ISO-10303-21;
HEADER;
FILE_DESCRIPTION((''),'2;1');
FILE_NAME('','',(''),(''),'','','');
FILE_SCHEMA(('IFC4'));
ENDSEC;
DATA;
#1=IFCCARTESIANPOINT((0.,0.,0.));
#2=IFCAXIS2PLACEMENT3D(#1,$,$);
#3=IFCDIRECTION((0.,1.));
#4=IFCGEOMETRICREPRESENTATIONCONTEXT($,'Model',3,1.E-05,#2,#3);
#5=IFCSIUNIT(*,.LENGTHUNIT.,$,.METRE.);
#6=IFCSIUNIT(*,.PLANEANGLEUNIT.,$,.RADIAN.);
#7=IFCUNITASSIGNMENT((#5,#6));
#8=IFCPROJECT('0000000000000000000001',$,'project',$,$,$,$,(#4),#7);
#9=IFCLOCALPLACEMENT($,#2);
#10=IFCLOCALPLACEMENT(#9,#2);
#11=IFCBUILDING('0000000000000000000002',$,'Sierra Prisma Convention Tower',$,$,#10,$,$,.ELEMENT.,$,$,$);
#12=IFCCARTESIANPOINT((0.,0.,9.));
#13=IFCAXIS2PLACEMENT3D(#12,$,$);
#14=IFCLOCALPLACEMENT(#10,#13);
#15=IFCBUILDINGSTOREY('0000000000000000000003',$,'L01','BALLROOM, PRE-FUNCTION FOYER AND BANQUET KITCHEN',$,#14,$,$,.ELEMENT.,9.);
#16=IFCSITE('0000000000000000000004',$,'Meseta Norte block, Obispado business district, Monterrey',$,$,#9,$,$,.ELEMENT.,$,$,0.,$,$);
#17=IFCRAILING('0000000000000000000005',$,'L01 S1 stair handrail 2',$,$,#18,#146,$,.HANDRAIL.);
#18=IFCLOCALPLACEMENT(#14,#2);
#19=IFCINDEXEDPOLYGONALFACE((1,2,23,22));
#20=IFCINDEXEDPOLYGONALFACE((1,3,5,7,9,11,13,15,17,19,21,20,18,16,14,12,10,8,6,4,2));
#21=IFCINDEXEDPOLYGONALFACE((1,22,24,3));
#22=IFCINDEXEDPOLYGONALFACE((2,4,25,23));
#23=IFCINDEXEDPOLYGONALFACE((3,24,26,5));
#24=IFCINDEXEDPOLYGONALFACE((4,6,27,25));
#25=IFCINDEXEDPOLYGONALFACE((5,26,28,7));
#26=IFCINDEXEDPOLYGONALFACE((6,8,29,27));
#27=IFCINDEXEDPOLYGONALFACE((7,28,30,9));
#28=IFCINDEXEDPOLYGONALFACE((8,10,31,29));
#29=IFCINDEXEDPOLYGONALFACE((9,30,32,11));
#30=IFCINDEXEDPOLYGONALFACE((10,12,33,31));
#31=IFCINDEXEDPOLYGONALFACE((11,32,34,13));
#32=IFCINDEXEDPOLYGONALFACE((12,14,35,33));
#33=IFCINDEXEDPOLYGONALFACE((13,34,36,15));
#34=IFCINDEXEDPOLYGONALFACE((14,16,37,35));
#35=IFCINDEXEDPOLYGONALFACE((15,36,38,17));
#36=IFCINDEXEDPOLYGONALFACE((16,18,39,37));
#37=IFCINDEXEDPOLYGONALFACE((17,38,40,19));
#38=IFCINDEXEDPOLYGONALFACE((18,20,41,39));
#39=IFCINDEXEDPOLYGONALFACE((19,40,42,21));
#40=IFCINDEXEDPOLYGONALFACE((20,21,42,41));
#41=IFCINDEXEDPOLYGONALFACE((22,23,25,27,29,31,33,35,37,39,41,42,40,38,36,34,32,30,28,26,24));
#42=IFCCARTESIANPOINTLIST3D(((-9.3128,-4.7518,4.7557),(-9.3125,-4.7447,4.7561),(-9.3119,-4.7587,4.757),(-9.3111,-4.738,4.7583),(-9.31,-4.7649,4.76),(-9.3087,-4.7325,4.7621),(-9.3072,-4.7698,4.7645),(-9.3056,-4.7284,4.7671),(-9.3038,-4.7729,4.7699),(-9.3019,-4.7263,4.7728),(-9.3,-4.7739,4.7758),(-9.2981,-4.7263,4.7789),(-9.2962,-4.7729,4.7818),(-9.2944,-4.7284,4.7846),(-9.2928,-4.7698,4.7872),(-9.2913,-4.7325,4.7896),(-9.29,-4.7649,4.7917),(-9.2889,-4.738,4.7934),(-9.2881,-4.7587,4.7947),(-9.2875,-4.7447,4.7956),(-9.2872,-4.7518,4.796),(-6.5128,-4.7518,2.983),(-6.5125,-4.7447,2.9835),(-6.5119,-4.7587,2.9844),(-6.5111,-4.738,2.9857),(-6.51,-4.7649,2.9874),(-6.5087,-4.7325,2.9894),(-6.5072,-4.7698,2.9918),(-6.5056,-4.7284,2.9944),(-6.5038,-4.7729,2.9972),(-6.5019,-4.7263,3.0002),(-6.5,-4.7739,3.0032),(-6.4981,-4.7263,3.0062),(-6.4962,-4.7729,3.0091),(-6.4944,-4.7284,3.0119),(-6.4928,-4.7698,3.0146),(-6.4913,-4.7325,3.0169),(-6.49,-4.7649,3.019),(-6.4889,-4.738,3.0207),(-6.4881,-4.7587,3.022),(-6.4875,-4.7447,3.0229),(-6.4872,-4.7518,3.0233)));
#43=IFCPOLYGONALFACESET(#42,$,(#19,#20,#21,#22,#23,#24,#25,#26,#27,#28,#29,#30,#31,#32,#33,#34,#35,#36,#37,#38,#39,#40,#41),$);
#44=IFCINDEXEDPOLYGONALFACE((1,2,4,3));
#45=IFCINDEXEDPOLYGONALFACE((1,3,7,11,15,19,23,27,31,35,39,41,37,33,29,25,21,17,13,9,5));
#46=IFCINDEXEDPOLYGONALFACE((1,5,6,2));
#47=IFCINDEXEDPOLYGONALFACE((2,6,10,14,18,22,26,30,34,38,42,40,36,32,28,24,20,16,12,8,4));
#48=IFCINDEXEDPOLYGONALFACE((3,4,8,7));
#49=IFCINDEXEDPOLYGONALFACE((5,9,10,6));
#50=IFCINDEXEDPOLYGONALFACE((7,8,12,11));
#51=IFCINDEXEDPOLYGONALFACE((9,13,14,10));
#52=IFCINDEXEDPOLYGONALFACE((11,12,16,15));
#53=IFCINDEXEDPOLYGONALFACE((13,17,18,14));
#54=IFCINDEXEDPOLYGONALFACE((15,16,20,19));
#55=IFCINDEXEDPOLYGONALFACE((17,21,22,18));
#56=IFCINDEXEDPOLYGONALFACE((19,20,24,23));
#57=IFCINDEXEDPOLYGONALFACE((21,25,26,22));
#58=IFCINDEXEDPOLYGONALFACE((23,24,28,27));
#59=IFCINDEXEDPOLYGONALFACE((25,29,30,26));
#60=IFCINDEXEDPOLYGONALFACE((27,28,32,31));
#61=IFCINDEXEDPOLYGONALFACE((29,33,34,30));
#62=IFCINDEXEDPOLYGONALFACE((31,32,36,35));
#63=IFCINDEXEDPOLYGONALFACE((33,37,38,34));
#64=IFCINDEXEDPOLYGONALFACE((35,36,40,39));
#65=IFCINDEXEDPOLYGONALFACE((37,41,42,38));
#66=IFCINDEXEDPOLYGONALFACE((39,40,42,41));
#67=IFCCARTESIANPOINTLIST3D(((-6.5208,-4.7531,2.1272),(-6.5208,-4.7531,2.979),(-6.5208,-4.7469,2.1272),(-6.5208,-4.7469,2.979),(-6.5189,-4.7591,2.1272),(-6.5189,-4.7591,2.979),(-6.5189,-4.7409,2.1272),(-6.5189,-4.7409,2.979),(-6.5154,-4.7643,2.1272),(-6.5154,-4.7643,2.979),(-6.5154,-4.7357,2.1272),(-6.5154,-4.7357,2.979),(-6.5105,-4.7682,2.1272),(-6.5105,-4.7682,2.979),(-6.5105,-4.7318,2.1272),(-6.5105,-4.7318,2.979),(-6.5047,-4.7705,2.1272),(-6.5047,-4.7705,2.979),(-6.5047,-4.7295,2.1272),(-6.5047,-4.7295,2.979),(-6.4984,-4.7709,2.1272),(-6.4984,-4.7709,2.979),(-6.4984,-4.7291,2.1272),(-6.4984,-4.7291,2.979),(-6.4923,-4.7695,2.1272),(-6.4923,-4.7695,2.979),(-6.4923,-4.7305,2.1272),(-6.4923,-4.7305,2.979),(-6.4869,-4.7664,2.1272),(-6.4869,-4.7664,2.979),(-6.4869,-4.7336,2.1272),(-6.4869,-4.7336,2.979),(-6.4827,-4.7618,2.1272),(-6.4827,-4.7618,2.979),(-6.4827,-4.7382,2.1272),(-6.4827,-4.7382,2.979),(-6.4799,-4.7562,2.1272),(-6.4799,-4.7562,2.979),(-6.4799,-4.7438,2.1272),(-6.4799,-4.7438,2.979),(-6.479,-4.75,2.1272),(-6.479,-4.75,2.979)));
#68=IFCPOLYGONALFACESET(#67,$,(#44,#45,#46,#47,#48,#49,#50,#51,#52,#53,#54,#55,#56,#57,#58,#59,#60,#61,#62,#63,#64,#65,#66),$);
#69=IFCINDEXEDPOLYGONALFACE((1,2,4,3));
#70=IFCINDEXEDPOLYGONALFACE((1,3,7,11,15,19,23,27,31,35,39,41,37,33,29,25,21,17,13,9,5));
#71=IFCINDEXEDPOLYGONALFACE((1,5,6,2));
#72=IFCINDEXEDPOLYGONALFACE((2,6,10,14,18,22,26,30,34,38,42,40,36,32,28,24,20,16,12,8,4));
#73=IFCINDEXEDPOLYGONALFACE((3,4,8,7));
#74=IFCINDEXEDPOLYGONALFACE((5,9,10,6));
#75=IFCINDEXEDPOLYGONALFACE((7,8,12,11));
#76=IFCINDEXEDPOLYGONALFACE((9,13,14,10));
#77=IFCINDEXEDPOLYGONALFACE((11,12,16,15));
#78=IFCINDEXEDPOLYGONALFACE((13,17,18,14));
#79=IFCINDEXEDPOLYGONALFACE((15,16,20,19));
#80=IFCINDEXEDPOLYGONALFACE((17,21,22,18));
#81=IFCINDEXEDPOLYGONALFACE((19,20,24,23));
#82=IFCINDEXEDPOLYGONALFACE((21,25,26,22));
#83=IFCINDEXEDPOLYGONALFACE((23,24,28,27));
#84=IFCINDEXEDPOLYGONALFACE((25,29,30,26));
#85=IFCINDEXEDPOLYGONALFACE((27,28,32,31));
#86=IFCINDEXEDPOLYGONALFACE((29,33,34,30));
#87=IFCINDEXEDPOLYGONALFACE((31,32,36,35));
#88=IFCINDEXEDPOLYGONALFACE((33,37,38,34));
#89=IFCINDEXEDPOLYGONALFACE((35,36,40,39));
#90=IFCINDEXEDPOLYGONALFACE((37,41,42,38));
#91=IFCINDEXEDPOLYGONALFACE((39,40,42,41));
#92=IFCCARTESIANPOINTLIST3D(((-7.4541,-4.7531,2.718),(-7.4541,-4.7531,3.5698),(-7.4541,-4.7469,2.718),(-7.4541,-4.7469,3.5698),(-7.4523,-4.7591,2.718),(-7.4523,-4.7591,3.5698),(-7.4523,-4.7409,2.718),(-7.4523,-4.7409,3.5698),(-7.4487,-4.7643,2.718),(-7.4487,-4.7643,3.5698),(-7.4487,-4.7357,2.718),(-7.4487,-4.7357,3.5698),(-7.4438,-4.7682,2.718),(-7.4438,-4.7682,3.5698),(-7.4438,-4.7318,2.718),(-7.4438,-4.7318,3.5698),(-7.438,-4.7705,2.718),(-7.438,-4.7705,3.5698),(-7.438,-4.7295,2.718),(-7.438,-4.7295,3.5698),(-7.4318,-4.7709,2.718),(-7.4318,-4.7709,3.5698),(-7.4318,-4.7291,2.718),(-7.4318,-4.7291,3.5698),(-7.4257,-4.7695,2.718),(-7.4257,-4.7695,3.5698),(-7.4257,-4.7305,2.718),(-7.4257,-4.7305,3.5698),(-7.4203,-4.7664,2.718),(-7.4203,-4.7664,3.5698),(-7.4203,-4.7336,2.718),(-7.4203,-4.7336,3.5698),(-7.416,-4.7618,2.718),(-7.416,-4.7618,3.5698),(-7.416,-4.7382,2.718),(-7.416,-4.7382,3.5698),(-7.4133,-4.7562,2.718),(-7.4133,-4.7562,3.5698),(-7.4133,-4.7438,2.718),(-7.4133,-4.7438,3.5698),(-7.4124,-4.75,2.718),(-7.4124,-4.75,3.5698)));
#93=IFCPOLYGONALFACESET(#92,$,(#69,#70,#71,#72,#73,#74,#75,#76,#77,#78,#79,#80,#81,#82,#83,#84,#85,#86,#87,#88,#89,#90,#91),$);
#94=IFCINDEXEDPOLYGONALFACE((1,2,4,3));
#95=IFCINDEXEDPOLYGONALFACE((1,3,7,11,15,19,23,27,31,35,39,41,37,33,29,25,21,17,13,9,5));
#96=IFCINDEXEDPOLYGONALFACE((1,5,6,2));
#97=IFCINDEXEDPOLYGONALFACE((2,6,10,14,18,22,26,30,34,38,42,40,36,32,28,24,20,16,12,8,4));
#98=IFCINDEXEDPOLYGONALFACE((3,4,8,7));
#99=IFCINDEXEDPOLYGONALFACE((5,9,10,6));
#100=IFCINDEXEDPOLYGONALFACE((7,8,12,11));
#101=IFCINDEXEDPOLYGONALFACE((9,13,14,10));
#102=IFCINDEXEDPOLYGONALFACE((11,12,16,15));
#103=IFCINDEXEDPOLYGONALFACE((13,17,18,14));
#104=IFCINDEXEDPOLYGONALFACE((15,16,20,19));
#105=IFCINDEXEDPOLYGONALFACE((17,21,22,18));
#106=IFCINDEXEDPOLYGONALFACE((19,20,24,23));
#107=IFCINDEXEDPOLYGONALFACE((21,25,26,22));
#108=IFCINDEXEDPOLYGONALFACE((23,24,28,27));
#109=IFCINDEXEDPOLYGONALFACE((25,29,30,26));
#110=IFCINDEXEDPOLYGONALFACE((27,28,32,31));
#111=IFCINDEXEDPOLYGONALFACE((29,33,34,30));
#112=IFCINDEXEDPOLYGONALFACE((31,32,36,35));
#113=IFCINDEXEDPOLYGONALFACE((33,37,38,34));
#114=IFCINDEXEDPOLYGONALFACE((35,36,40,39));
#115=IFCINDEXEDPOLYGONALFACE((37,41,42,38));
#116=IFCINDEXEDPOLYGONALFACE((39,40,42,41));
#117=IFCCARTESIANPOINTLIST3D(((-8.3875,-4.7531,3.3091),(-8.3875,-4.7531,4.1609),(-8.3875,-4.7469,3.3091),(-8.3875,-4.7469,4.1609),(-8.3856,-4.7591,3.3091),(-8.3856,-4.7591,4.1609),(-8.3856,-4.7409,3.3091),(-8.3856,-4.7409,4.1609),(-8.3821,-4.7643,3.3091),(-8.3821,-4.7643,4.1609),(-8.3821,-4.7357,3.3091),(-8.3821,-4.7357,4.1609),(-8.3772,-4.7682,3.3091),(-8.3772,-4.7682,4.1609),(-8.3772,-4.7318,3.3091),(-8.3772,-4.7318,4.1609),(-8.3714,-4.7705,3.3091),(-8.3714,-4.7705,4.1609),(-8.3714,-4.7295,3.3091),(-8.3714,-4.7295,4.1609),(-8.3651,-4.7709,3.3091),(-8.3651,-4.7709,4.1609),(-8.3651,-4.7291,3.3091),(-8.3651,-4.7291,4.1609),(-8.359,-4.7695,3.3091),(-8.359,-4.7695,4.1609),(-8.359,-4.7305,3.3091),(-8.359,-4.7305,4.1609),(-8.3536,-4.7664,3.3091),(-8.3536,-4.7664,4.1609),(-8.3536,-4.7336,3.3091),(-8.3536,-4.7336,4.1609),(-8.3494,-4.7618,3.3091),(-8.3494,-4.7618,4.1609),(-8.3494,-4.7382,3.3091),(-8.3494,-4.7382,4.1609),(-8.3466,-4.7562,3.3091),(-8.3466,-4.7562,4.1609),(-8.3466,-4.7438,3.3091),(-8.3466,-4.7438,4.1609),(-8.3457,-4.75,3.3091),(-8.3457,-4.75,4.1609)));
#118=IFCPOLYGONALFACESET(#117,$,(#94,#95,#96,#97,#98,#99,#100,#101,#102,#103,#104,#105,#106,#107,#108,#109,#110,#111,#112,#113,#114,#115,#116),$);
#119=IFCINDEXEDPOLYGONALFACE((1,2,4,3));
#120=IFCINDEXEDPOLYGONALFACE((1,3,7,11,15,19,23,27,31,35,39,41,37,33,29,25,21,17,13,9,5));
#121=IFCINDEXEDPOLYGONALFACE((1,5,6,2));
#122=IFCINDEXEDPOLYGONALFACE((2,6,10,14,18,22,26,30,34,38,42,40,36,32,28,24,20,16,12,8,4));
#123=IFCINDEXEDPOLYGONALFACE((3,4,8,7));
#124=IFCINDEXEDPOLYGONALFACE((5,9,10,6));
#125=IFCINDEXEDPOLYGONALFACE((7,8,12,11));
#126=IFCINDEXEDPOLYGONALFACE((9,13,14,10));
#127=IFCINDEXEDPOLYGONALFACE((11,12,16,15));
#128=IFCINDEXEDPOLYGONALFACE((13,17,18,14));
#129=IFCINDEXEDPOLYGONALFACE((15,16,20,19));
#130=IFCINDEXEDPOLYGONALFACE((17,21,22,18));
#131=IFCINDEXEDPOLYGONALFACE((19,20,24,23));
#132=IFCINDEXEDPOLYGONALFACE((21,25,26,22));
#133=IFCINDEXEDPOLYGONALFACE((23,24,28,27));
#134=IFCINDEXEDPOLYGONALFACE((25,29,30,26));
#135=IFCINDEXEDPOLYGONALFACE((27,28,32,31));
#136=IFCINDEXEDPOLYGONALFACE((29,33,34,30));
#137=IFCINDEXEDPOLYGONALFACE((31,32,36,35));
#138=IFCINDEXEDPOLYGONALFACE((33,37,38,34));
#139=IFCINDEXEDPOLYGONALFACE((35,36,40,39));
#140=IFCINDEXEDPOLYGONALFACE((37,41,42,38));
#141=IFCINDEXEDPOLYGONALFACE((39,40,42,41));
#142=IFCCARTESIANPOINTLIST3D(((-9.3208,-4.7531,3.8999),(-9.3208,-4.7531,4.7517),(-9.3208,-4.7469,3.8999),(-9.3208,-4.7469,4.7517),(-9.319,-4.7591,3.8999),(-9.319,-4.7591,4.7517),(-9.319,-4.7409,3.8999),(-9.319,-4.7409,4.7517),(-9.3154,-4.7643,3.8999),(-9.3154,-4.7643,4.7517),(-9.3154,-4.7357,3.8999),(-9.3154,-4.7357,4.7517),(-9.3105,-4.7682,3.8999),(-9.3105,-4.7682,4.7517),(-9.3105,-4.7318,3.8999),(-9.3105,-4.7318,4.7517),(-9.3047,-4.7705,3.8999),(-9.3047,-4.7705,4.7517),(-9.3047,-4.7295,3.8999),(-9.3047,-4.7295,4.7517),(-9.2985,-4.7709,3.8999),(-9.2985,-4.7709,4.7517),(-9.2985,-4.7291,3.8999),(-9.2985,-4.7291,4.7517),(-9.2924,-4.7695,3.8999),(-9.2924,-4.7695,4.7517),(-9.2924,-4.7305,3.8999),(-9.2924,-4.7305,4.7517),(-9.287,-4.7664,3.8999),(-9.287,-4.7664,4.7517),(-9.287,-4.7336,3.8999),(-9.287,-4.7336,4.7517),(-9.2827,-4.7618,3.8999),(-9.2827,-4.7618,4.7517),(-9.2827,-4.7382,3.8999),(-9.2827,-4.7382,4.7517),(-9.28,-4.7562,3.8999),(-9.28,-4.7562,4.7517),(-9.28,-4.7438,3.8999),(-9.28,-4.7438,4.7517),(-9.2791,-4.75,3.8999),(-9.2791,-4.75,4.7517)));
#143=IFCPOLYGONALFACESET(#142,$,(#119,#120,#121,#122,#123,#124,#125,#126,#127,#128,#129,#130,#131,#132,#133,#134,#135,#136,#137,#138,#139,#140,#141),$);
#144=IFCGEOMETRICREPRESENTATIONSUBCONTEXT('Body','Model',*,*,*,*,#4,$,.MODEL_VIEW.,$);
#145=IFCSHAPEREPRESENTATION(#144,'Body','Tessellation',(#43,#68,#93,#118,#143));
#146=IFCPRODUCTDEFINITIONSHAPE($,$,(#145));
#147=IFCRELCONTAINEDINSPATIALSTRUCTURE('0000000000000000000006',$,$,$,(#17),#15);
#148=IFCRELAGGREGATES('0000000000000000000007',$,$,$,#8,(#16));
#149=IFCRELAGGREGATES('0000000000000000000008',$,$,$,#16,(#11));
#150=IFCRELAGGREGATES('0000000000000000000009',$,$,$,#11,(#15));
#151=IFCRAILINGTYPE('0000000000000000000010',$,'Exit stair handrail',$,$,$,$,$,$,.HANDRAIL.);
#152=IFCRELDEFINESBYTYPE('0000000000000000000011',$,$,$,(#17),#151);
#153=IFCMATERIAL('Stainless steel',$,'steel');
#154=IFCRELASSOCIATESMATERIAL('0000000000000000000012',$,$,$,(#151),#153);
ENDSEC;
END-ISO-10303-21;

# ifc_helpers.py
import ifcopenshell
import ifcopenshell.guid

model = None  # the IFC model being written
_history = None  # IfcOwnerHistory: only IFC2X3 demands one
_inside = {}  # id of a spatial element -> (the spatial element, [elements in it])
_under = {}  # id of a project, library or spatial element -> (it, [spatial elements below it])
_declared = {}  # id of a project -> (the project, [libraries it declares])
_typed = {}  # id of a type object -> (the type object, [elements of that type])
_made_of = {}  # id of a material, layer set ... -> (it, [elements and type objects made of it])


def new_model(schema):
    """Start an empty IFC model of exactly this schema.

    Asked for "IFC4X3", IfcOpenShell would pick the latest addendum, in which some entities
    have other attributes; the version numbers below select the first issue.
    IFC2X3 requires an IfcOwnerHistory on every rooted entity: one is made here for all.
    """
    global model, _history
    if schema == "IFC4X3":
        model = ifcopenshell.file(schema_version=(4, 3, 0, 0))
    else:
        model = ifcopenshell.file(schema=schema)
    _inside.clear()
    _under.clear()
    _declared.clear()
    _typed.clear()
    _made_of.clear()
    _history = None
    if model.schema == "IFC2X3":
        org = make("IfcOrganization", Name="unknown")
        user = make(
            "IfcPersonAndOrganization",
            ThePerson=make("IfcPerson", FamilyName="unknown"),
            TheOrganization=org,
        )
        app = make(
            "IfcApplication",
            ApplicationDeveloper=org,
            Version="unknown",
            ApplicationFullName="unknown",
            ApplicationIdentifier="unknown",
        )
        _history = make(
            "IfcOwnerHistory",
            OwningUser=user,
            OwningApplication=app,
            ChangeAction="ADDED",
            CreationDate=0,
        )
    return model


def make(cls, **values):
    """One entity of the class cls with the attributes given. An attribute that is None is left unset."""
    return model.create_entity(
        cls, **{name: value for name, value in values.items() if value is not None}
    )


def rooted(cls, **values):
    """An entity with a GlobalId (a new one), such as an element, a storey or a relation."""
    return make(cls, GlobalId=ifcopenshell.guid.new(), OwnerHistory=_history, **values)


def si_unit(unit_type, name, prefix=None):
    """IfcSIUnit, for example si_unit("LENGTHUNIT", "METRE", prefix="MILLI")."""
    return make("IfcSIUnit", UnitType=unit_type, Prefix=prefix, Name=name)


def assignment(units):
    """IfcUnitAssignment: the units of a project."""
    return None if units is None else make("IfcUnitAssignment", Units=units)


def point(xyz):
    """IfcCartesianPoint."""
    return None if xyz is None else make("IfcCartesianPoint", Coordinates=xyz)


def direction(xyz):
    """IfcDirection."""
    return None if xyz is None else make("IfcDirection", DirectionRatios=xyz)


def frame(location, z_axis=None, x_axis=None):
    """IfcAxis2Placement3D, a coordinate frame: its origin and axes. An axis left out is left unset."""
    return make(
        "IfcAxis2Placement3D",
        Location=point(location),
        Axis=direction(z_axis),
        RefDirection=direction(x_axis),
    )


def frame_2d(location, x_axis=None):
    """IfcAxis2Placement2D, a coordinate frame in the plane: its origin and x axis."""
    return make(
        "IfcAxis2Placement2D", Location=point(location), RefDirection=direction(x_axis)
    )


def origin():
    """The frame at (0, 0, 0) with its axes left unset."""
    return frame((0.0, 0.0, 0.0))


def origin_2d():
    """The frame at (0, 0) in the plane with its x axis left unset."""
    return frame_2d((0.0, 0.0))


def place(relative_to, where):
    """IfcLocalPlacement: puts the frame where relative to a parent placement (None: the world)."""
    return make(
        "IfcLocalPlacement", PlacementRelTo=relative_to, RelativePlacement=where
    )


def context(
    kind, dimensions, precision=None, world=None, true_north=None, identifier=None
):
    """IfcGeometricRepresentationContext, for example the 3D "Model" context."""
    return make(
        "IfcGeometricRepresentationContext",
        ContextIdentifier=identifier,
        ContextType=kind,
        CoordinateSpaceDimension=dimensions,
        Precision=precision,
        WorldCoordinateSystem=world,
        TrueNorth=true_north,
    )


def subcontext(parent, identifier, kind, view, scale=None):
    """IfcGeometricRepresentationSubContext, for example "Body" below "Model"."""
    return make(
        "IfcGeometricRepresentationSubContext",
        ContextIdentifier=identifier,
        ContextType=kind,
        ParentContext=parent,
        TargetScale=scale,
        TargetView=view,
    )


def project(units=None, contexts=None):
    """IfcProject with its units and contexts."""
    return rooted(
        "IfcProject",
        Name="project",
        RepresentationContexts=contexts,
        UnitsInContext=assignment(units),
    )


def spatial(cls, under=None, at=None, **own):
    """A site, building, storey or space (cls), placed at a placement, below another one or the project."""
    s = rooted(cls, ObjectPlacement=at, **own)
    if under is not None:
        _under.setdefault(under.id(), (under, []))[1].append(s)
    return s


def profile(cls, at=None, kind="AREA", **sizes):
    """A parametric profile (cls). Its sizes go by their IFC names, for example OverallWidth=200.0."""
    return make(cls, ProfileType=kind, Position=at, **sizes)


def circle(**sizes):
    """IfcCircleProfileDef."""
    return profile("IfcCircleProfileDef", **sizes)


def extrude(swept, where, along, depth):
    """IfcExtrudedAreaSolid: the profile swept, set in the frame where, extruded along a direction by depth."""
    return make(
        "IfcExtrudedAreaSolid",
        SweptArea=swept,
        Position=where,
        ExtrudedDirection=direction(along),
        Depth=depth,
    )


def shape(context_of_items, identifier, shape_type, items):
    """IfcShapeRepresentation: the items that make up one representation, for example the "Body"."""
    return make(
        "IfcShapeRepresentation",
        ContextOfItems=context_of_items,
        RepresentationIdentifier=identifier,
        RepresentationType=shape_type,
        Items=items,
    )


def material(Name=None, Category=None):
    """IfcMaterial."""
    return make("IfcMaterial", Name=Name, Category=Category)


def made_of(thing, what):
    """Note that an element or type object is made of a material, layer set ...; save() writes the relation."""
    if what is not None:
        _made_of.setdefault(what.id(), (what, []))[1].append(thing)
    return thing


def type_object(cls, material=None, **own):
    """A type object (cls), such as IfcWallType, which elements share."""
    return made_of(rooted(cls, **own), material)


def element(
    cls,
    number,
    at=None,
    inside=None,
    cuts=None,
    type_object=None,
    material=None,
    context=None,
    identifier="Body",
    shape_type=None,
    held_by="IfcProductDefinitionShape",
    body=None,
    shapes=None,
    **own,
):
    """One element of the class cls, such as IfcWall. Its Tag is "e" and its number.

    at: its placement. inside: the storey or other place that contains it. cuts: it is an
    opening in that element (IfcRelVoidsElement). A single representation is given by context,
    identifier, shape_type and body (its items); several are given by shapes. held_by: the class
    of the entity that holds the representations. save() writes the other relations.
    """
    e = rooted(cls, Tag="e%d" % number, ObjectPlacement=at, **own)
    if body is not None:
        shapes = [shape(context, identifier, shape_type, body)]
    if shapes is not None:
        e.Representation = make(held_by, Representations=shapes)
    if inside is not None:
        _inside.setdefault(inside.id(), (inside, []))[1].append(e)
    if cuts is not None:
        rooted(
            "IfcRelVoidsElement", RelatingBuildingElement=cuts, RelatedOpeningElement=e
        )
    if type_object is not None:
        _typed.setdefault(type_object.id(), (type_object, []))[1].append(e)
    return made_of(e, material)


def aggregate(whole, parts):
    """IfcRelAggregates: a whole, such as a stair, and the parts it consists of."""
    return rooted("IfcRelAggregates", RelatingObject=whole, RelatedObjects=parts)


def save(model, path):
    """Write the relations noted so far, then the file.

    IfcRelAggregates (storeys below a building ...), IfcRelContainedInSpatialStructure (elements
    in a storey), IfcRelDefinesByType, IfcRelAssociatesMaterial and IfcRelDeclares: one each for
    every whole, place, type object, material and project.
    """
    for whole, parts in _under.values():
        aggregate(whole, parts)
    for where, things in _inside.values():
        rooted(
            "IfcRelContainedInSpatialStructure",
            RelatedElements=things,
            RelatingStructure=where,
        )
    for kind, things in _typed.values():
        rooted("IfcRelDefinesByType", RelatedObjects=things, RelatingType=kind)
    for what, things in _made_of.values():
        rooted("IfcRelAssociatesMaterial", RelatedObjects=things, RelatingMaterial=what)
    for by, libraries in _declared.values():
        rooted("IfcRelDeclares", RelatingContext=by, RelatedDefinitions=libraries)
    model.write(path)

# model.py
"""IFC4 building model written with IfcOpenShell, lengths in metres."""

from ifc_helpers import new_model, si_unit, direction, frame, origin, origin_2d, place, context, subcontext, project, spatial, circle, extrude, material, type_object, element, save


model = new_model("IFC4")

# Units and contexts
model_context = context("Model", 3, precision=1e-05, world=origin(), true_north=direction((0.0, 1.0)))
body_context = subcontext(model_context, "Body", "Model", "MODEL_VIEW")
ifc_project = project(units=[si_unit("LENGTHUNIT", "METRE"), si_unit("PLANEANGLEUNIT", "RADIAN")], contexts=[model_context])

# Site, building, storey
site_placement = place(None, origin())
site = spatial("IfcSite", under=ifc_project, at=site_placement, Name="Meseta Norte block, Obispado business district, Monterrey", CompositionType="ELEMENT", RefElevation=0.0)
building_placement = place(site_placement, origin())
building = spatial("IfcBuilding", under=site, at=building_placement, Name="Sierra Prisma Convention Tower", CompositionType="ELEMENT")
storey_placement = place(building_placement, frame((0.0, 0.0, 9.0)))
storey = spatial("IfcBuildingStorey", under=building, at=storey_placement, Name="L01", Description="BALLROOM, PRE-FUNCTION FOYER AND BANQUET KITCHEN", CompositionType="ELEMENT", Elevation=9.0)

# Railing
ifc_material_1 = material(Name="Stainless steel", Category="steel")
railing_type = type_object("IfcRailingType", Name="Exit stair handrail", PredefinedType="HANDRAIL", material=ifc_material_1)
for number, where, name in (
    (1, (-6.5, -4.75, 2.1272), "L01 S1 stair handrail 2"),
):
    element("IfcRailing", number, at=place(storey_placement, frame(where)), inside=storey, type_object=railing_type, Name=name, PredefinedType="HANDRAIL", context=body_context, shape_type="SweptSolid", body=[
        extrude(circle(Radius=0.0239, at=origin_2d()), frame((0.0, 0.0, 0.876), z_axis=(-0.844909, 0.0, 0.53491), x_axis=(0.0, -1.0, 0.0)), (0.0, 0.0, 1.0), 3.314),
        extrude(circle(Radius=0.021, at=origin_2d()), origin(), (0.0, 0.0, 1.0), 0.8518),
        extrude(circle(Radius=0.021, at=origin_2d()), frame((-0.9333, 0.0, 0.5908)), (0.0, 0.0, 1.0), 0.8518),
        extrude(circle(Radius=0.021, at=origin_2d()), frame((-1.8667, 0.0, 1.1819)), (0.0, 0.0, 1.0), 0.8518),
        extrude(circle(Radius=0.021, at=origin_2d()), frame((-2.8, 0.0, 1.7727)), (0.0, 0.0, 1.0), 0.8518),
    ])

save(model, "model.ifc")
